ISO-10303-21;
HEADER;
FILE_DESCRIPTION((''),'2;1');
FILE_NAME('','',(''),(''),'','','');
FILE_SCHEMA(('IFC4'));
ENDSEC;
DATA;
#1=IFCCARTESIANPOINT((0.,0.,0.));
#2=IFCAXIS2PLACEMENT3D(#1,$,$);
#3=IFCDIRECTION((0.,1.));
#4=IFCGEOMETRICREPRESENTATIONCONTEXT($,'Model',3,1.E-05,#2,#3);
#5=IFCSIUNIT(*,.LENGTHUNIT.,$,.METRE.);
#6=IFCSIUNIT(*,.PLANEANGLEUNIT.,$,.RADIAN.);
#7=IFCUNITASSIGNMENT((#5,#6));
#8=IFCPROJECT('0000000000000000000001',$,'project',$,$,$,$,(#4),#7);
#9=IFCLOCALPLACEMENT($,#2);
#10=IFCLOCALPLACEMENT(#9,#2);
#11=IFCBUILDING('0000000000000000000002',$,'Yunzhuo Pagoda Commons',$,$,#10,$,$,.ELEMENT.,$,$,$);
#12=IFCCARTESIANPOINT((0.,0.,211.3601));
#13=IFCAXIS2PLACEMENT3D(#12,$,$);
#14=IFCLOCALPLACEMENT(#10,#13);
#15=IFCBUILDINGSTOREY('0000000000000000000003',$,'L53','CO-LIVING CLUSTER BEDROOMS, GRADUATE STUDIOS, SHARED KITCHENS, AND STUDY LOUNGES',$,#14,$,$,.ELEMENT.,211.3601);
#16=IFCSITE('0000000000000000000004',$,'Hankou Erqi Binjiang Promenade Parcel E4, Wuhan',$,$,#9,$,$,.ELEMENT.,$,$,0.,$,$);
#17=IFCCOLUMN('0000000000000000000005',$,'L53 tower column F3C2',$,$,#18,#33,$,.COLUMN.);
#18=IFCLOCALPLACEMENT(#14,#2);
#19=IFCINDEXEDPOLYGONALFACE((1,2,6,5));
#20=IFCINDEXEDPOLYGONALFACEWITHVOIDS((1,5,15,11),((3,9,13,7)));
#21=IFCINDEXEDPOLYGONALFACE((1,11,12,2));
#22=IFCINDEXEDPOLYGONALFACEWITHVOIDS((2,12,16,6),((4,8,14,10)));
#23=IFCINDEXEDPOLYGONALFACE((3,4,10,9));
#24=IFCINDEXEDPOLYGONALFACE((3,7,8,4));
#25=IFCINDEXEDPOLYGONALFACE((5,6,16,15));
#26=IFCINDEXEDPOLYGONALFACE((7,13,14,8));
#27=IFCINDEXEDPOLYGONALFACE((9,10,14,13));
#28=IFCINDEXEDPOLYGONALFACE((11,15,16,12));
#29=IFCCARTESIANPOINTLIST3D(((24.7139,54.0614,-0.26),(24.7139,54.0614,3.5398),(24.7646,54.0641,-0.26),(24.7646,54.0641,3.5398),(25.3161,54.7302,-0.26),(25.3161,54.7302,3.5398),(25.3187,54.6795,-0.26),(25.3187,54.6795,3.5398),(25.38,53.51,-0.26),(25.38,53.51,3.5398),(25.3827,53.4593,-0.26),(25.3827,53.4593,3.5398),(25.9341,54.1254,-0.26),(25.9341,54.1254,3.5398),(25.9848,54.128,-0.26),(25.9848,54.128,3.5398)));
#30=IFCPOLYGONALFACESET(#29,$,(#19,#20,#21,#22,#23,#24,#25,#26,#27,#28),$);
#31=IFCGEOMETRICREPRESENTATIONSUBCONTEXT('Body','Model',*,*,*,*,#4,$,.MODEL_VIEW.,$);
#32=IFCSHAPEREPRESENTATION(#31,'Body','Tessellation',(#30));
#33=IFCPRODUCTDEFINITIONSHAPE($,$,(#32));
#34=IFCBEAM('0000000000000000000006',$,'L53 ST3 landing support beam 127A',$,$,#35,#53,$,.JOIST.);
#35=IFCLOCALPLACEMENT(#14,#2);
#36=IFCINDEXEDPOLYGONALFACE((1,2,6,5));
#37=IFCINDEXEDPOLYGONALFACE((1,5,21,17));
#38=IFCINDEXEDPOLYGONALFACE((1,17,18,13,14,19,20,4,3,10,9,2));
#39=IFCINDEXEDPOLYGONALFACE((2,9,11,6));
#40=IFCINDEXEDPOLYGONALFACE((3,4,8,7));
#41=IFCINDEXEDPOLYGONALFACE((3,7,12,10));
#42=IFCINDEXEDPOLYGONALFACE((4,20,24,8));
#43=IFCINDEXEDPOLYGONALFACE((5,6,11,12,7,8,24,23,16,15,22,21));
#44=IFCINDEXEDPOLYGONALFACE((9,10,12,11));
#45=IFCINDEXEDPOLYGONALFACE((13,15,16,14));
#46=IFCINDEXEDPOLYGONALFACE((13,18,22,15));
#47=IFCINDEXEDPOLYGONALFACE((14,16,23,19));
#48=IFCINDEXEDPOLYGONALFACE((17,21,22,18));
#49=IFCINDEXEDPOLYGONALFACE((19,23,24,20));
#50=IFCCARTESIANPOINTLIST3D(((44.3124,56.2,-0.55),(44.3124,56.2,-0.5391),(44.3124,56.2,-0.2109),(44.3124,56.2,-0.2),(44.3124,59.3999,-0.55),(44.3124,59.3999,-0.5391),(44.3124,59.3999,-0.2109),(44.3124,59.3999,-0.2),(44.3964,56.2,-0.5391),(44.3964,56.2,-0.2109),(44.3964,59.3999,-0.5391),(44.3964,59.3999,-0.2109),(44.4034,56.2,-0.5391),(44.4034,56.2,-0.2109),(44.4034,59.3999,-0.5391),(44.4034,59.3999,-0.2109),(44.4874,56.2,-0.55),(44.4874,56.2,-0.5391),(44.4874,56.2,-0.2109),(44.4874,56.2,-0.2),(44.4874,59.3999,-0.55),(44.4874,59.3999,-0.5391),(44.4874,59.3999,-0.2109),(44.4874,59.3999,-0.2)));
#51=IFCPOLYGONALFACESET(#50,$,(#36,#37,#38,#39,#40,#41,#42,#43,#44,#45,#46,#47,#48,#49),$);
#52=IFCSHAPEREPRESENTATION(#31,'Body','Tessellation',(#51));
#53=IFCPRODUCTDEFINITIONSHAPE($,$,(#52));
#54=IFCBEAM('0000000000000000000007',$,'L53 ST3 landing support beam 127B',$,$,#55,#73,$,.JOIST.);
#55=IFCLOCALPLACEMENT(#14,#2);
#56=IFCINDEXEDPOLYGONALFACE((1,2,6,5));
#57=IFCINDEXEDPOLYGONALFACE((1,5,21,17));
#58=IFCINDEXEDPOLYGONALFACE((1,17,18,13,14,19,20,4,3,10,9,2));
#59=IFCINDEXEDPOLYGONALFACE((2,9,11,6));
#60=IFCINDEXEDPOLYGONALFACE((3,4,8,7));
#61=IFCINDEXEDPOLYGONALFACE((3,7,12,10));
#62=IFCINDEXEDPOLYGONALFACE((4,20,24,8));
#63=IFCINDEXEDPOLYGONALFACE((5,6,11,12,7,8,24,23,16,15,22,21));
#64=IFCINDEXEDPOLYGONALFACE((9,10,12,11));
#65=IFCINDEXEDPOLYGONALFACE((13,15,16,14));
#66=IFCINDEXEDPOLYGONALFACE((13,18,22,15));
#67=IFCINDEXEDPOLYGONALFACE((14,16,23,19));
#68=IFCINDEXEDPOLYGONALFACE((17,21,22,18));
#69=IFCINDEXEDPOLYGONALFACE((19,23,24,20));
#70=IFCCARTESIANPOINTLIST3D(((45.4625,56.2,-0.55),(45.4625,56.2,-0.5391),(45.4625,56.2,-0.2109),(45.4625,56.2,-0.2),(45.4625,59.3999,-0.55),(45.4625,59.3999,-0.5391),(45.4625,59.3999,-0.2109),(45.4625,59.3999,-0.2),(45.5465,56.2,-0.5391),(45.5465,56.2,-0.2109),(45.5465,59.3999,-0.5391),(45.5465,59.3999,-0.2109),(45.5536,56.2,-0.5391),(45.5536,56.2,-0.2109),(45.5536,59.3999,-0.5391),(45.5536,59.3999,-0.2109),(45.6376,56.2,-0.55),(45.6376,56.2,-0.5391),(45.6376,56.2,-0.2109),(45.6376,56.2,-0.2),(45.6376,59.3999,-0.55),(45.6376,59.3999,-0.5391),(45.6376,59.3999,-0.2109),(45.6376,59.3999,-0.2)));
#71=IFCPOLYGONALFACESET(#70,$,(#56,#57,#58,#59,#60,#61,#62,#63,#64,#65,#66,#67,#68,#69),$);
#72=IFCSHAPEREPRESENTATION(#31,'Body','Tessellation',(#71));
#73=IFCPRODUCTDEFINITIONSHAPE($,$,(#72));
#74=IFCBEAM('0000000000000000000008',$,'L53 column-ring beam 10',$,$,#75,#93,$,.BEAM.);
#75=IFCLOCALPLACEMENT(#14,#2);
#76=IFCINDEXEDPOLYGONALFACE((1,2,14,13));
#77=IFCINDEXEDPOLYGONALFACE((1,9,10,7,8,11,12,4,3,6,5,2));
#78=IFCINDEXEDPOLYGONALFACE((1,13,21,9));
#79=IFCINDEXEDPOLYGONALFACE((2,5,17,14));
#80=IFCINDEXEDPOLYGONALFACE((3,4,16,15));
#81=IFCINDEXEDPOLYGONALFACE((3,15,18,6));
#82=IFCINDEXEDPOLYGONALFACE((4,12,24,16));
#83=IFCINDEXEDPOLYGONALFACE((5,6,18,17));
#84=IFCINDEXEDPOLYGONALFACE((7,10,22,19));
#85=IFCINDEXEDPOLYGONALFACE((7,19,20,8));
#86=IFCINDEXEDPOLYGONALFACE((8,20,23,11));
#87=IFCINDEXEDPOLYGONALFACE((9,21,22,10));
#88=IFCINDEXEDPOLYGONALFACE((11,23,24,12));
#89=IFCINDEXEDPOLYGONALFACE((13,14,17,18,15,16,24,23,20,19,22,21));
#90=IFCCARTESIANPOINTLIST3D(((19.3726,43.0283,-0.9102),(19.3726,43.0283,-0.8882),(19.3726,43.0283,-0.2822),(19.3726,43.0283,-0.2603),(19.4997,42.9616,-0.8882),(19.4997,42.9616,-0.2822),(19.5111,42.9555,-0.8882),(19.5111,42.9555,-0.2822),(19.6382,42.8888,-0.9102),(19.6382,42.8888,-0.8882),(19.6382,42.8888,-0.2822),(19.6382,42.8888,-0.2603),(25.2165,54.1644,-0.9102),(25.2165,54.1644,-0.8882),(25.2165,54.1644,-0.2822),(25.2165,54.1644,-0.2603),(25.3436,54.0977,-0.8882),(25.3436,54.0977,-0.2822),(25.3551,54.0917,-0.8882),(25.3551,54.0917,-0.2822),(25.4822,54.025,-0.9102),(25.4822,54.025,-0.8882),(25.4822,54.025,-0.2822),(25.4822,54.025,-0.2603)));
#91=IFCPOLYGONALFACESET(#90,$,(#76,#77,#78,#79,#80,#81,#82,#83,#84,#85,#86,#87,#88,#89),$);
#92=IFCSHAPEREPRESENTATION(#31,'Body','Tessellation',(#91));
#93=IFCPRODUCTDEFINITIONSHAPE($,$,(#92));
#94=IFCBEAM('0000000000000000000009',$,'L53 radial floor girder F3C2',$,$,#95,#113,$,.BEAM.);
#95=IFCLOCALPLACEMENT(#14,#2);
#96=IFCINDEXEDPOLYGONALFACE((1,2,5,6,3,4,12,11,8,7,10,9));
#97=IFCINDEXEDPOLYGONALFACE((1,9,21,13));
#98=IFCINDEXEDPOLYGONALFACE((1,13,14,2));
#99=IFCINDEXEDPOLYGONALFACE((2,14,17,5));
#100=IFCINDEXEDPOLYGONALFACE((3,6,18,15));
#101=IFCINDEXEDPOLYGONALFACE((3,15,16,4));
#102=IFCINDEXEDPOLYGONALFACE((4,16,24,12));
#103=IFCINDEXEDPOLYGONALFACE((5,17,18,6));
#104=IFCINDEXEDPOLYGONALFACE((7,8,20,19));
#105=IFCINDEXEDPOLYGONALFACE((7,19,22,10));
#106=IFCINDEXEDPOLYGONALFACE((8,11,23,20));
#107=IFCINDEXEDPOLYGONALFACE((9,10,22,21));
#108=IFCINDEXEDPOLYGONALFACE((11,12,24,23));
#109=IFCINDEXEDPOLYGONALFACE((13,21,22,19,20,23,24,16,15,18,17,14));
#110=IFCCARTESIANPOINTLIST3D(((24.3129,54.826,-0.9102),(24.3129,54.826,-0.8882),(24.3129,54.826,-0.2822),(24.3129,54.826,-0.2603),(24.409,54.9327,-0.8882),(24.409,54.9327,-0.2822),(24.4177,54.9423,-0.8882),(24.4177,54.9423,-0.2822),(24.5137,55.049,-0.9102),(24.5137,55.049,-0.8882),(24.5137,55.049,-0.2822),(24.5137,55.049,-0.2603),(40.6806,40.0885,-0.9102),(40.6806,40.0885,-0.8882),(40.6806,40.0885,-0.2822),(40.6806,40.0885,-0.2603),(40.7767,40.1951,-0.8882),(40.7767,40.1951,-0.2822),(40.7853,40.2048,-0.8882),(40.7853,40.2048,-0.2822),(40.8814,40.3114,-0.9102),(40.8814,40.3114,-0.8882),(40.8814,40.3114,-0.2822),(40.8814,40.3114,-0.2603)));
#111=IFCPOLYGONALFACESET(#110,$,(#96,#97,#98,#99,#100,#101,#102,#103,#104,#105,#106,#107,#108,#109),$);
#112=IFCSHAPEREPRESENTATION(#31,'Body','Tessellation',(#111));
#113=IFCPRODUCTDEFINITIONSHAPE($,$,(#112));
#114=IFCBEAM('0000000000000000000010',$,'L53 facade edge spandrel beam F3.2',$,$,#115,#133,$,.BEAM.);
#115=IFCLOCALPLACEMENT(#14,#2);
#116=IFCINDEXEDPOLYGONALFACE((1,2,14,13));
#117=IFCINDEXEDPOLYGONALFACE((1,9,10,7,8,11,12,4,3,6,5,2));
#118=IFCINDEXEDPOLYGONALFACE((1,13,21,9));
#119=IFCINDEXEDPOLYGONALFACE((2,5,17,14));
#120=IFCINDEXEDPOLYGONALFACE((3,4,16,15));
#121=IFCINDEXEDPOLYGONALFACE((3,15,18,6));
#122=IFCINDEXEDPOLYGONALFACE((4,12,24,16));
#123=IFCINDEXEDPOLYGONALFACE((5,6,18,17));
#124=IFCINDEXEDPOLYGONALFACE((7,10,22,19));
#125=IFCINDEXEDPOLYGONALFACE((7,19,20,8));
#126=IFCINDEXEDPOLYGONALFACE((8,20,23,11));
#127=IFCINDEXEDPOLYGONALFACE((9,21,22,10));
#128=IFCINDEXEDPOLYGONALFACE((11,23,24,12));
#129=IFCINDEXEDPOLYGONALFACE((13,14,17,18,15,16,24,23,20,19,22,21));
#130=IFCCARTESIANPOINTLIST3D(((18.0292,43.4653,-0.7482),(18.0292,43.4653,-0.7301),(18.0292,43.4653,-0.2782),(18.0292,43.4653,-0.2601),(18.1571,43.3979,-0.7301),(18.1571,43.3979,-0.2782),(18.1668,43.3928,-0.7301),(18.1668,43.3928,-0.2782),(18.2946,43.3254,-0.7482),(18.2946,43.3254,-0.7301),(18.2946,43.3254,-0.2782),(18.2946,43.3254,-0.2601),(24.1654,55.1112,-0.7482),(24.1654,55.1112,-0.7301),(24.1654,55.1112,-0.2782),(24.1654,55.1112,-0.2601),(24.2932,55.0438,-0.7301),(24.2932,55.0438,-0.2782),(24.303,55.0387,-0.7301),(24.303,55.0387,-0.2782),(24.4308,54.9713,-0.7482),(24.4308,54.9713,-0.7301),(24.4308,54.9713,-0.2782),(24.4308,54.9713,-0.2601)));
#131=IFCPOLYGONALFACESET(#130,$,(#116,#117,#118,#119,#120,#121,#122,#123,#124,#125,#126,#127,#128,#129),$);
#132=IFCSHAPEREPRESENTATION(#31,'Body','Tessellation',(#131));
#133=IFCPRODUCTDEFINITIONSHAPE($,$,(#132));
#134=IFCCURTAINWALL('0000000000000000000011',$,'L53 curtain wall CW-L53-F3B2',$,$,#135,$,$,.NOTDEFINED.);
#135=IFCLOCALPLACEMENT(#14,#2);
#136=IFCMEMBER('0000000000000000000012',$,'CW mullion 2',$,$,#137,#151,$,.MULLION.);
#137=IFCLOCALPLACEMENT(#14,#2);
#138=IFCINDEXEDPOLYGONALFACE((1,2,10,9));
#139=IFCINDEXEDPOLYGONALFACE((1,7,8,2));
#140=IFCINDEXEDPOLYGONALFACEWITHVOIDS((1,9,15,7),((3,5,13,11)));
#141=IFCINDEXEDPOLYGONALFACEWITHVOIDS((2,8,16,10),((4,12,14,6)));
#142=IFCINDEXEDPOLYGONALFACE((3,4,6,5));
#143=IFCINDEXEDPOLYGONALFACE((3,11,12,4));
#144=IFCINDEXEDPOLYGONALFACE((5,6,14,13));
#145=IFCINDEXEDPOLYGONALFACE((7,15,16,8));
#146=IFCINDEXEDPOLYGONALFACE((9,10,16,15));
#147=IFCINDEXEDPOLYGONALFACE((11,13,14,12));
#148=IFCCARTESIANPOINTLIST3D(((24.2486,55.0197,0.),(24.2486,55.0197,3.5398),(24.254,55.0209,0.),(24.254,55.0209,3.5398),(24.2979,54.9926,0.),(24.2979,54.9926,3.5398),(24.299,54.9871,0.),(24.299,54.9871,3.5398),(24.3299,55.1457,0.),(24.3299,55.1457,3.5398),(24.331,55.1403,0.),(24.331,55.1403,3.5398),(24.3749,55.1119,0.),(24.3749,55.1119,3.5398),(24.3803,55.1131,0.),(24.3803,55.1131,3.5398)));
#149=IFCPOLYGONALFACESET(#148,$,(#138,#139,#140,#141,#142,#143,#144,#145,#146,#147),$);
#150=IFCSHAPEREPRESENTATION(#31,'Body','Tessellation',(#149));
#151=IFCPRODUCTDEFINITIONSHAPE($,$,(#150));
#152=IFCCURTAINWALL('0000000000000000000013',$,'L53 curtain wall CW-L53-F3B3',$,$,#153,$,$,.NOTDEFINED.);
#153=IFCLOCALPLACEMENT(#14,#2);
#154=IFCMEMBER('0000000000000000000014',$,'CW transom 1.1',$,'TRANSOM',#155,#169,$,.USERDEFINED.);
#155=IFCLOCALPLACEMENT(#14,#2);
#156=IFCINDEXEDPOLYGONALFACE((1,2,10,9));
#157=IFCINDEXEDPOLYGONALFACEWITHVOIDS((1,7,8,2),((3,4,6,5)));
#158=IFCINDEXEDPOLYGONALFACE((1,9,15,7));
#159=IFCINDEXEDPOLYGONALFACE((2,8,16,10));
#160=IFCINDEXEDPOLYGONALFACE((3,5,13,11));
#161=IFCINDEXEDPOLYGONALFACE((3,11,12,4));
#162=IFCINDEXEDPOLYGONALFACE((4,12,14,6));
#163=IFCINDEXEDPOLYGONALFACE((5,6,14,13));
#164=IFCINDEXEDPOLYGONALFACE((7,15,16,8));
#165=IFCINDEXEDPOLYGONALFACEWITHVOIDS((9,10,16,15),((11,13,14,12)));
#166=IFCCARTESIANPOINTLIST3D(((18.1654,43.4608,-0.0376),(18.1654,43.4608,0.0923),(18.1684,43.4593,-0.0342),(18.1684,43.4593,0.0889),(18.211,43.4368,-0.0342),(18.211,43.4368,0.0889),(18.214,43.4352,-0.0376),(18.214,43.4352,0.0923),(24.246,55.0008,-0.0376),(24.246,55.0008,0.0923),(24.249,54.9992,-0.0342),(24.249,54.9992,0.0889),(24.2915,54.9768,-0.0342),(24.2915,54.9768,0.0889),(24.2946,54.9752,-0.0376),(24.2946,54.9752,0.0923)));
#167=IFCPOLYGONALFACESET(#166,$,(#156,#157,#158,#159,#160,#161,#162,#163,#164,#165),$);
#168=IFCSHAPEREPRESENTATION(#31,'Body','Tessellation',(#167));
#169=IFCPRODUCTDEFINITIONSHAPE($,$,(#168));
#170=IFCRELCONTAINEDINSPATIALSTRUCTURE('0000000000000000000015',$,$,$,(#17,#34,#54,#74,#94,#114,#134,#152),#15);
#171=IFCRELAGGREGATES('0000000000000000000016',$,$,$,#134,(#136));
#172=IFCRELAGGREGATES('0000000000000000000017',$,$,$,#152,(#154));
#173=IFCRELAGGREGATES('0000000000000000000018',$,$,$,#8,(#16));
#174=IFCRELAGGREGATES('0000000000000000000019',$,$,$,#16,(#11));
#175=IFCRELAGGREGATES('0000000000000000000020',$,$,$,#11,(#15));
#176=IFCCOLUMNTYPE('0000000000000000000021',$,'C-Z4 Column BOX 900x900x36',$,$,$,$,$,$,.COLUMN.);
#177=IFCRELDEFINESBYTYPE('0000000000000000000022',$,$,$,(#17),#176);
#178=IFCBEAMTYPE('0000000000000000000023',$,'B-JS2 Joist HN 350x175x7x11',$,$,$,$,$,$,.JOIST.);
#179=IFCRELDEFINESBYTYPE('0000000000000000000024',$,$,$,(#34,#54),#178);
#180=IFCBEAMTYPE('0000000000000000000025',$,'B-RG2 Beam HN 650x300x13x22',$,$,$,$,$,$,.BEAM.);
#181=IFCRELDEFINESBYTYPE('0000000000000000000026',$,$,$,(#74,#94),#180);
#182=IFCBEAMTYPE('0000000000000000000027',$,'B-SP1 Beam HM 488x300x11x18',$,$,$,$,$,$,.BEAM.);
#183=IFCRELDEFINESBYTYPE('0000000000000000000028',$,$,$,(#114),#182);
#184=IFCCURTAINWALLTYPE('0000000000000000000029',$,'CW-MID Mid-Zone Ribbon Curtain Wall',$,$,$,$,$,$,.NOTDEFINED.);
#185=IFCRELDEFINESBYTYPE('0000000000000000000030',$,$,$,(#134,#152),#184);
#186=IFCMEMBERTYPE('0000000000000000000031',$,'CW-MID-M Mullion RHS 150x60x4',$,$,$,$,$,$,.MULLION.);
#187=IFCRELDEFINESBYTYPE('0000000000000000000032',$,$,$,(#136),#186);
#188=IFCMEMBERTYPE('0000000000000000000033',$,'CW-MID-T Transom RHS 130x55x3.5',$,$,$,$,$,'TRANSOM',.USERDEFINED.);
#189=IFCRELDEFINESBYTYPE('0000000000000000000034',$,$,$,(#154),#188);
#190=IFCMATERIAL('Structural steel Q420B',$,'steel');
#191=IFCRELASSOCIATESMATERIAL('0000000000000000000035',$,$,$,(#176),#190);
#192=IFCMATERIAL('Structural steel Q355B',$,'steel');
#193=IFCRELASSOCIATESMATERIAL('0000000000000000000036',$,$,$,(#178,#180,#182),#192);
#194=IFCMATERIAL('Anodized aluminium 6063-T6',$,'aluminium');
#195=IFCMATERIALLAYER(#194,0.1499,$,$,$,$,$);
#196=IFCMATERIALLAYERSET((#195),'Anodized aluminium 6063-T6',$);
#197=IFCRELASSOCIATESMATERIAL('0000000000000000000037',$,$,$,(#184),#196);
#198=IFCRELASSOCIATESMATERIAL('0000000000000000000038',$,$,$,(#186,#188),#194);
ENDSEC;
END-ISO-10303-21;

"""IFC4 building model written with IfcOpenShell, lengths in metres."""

from ifc_helpers import new_model, si_unit, direction, frame, origin, origin_2d, place, context, subcontext, project, spatial, hollow_rectangle, i_section, extrude, source, transform, mapped, material, layer, layer_set, material_profile, profile_set, type_object, element, aggregate, save


model = new_model("IFC4")

# Units and contexts
model_context = context("Model", 3, precision=1e-05, world=origin(), true_north=direction((0.0, 1.0)))
body_context = subcontext(model_context, "Body", "Model", "MODEL_VIEW")
ifc_project = project(units=[si_unit("LENGTHUNIT", "METRE"), si_unit("PLANEANGLEUNIT", "RADIAN")], contexts=[model_context])

# Site, building, storey
site_placement = place(None, origin())
site = spatial("IfcSite", under=ifc_project, at=site_placement, Name="Hankou Erqi Binjiang Promenade Parcel E4, Wuhan", CompositionType="ELEMENT", RefElevation=0.0)
building_placement = place(site_placement, origin())
building = spatial("IfcBuilding", under=site, at=building_placement, Name="Yunzhuo Pagoda Commons", CompositionType="ELEMENT")
storey_placement = place(building_placement, frame((0.0, 0.0, 211.3601)))
storey = spatial("IfcBuildingStorey", under=building, at=storey_placement, Name="L53", Description="CO-LIVING CLUSTER BEDROOMS, GRADUATE STUDIOS, SHARED KITCHENS, AND STUDY LOUNGES", CompositionType="ELEMENT", Elevation=211.3601)

# Column
ifc_material_1 = material(Name="Structural steel Q420B", Category="steel")
ifc_material_profile_1 = material_profile(ifc_material_1, hollow_rectangle(XDim=0.8999, YDim=0.8999, WallThickness=0.0359, at=origin_2d()), Name="Structural steel Q420B")
ifc_profile_set_1 = profile_set([ifc_material_profile_1], Name="Structural steel Q420B")
column_type = type_object("IfcColumnType", Name="C-Z4 Column BOX 900x900x36", PredefinedType="COLUMN", material=ifc_profile_set_1)
shared_shape_1 = source(origin(), body_context, "Body", "SweptSolid", [
    extrude(hollow_rectangle(XDim=0.8999, YDim=0.8999, WallThickness=0.0359, at=origin_2d()), origin(), (0.0, 0.0, 1.0), 3.7998),
])
column_placement = place(storey_placement, frame((25.3494, 54.0947, -0.26), z_axis=(0.0, 0.0, 1.0), x_axis=(-0.669131, -0.743145, 0.0)))
element("IfcColumn", 1, at=column_placement, inside=storey, type_object=column_type, Name="L53 tower column F3C2", PredefinedType="COLUMN", context=body_context, shape_type="MappedRepresentation", body=[
    mapped(shared_shape_1, transform((0.0, 0.0, 0.0), scale=1.0)),
])

# Beams
ifc_material_2 = material(Name="Structural steel Q355B", Category="steel")
ifc_material_profile_2 = material_profile(ifc_material_2, i_section(OverallWidth=0.175, OverallDepth=0.3501, WebThickness=0.0071, FlangeThickness=0.011, at=origin_2d()), Name="Structural steel Q355B")
ifc_profile_set_2 = profile_set([ifc_material_profile_2], Name="Structural steel Q355B")
beam_type_1 = type_object("IfcBeamType", Name="B-JS2 Joist HN 350x175x7x11", PredefinedType="JOIST", material=ifc_profile_set_2)
shared_shape_2 = source(origin(), body_context, "Body", "SweptSolid", [
    extrude(i_section(OverallWidth=0.175, OverallDepth=0.3501, WebThickness=0.0071, FlangeThickness=0.011, at=origin_2d()), origin(), (0.0, 0.0, 1.0), 3.2),
])
for number, where, z_axis, x_axis, name in (
    (2, (44.3999, 56.2, -0.375), (0.0, 1.0, 0.0), (-1.0, 0.0, 0.0), "L53 ST3 landing support beam 127A"),
    (3, (45.55, 56.2, -0.375), (0.0, 1.0, 0.0), (-1.0, 0.0, 0.0), "L53 ST3 landing support beam 127B"),
):
    element("IfcBeam", number, at=place(storey_placement, frame(where, z_axis=z_axis, x_axis=x_axis)), inside=storey, type_object=beam_type_1, Name=name, PredefinedType="JOIST", context=body_context, shape_type="MappedRepresentation", body=[
        mapped(shared_shape_2, transform((0.0, 0.0, 0.0), scale=1.0)),
    ])
ifc_material_profile_3 = material_profile(ifc_material_2, i_section(OverallWidth=0.3, OverallDepth=0.6499, WebThickness=0.0129, FlangeThickness=0.022, at=origin_2d()), Name="Structural steel Q355B")
ifc_profile_set_3 = profile_set([ifc_material_profile_3], Name="Structural steel Q355B")
beam_type_2 = type_object("IfcBeamType", Name="B-RG2 Beam HN 650x300x13x22", PredefinedType="BEAM", material=ifc_profile_set_3)
shared_shape_3 = source(origin(), body_context, "Body", "SweptSolid", [
    extrude(i_section(OverallWidth=0.3, OverallDepth=0.6499, WebThickness=0.0129, FlangeThickness=0.022, at=origin_2d()), origin(), (0.0, 0.0, 1.0), 12.5764),
])
beam_1_placement = place(storey_placement, frame((25.3494, 54.0947, -0.5852), z_axis=(-0.464676, -0.885481, 0.0), x_axis=(0.885481, -0.464676, 0.0)))
element("IfcBeam", 4, at=beam_1_placement, inside=storey, type_object=beam_type_2, Name="L53 column-ring beam 10", PredefinedType="BEAM", context=body_context, shape_type="MappedRepresentation", body=[
    mapped(shared_shape_3, transform((0.0, 0.0, 0.0), scale=1.0)),
])
shared_shape_4 = source(origin(), body_context, "Body", "SweptSolid", [
    extrude(i_section(OverallWidth=0.3, OverallDepth=0.6499, WebThickness=0.0129, FlangeThickness=0.022, at=origin_2d()), origin(), (0.0, 0.0, 1.0), 22.0249),
])
beam_2_placement = place(storey_placement, frame((24.4133, 54.9375, -0.5852), z_axis=(0.743144, -0.669131, 0.0), x_axis=(0.669131, 0.743144, 0.0)))
element("IfcBeam", 5, at=beam_2_placement, inside=storey, type_object=beam_type_2, Name="L53 radial floor girder F3C2", PredefinedType="BEAM", context=body_context, shape_type="MappedRepresentation", body=[
    mapped(shared_shape_4, transform((0.0, 0.0, 0.0), scale=1.0)),
])
ifc_material_profile_4 = material_profile(ifc_material_2, i_section(OverallWidth=0.3, OverallDepth=0.488, WebThickness=0.011, FlangeThickness=0.0181, at=origin_2d()), Name="Structural steel Q355B")
ifc_profile_set_4 = profile_set([ifc_material_profile_4], Name="Structural steel Q355B")
beam_type_3 = type_object("IfcBeamType", Name="B-SP1 Beam HM 488x300x11x18", PredefinedType="BEAM", material=ifc_profile_set_4)
shared_shape_5 = source(origin(), body_context, "Body", "SweptSolid", [
    extrude(i_section(OverallWidth=0.3, OverallDepth=0.488, WebThickness=0.011, FlangeThickness=0.0181, at=origin_2d()), origin(), (0.0, 0.0, 1.0), 13.1636),
])
beam_3_placement = place(storey_placement, frame((24.2981, 55.0413, -0.5042), z_axis=(-0.466148, -0.884707, 0.0), x_axis=(0.884707, -0.466148, 0.0)))
element("IfcBeam", 6, at=beam_3_placement, inside=storey, type_object=beam_type_3, Name="L53 facade edge spandrel beam F3.2", PredefinedType="BEAM", context=body_context, shape_type="MappedRepresentation", body=[
    mapped(shared_shape_5, transform((0.0, 0.0, 0.0), scale=1.0)),
])

# Curtain wall, member
ifc_material_3 = material(Name="Anodized aluminium 6063-T6", Category="aluminium")
ifc_layer_1 = layer(ifc_material_3, 0.1499)
ifc_layer_set_1 = layer_set([ifc_layer_1], Name="Anodized aluminium 6063-T6")
curtain_wall_type = type_object("IfcCurtainWallType", Name="CW-MID Mid-Zone Ribbon Curtain Wall", PredefinedType="NOTDEFINED", material=ifc_layer_set_1)
curtain_wall_1_placement = place(storey_placement, origin())
curtain_wall_1 = element("IfcCurtainWall", 7, at=curtain_wall_1_placement, inside=storey, type_object=curtain_wall_type, Name="L53 curtain wall CW-L53-F3B2", PredefinedType="NOTDEFINED")
ifc_material_profile_5 = material_profile(ifc_material_3, hollow_rectangle(XDim=0.0601, YDim=0.1499, WallThickness=0.0039, at=origin_2d()), Name="Anodized aluminium 6063-T6")
ifc_profile_set_5 = profile_set([ifc_material_profile_5], Name="Anodized aluminium 6063-T6")
member_type_1 = type_object("IfcMemberType", Name="CW-MID-M Mullion RHS 150x60x4", PredefinedType="MULLION", material=ifc_profile_set_5)
shared_shape_6 = source(origin(), body_context, "Body", "SweptSolid", [
    extrude(hollow_rectangle(XDim=0.0601, YDim=0.1499, WallThickness=0.0039, at=origin_2d()), origin(), (0.0, 0.0, 1.0), 3.5398),
])
member_1_placement = place(storey_placement, frame((24.3145, 55.0664, 0.0), z_axis=(0.0, 0.0, 1.0), x_axis=(0.840138, -0.542372, 0.0)))
member_1 = element("IfcMember", 8, at=member_1_placement, type_object=member_type_1, Name="CW mullion 2", PredefinedType="MULLION", context=body_context, shape_type="MappedRepresentation", body=[
    mapped(shared_shape_6, transform((0.0, 0.0, 0.0), scale=1.0)),
])

# Curtain wall, member
curtain_wall_2_placement = place(storey_placement, origin())
curtain_wall_2 = element("IfcCurtainWall", 9, at=curtain_wall_2_placement, inside=storey, type_object=curtain_wall_type, Name="L53 curtain wall CW-L53-F3B3", PredefinedType="NOTDEFINED")
ifc_material_profile_6 = material_profile(ifc_material_3, hollow_rectangle(XDim=0.0549, YDim=0.1299, WallThickness=0.0034, at=origin_2d()), Name="Anodized aluminium 6063-T6")
ifc_profile_set_6 = profile_set([ifc_material_profile_6], Name="Anodized aluminium 6063-T6")
member_type_2 = type_object("IfcMemberType", Name="CW-MID-T Transom RHS 130x55x3.5", ElementType="TRANSOM", PredefinedType="USERDEFINED", material=ifc_profile_set_6)
shared_shape_7 = source(origin(), body_context, "Body", "SweptSolid", [
    extrude(hollow_rectangle(XDim=0.0549, YDim=0.1299, WallThickness=0.0034, at=origin_2d()), origin(), (0.0, 0.0, 1.0), 13.0439),
])
member_2_placement = place(storey_placement, frame((24.2703, 54.988, 0.0273), z_axis=(-0.466158, -0.884701, 0.0), x_axis=(0.884701, -0.466158, 0.0)))
member_2 = element("IfcMember", 10, at=member_2_placement, type_object=member_type_2, Name="CW transom 1.1", ObjectType="TRANSOM", PredefinedType="USERDEFINED", context=body_context, shape_type="MappedRepresentation", body=[
    mapped(shared_shape_7, transform((0.0, 0.0, 0.0), scale=1.0)),
])

aggregate(curtain_wall_1, [member_1])
aggregate(curtain_wall_2, [member_2])

save(model, "model.ifc")
